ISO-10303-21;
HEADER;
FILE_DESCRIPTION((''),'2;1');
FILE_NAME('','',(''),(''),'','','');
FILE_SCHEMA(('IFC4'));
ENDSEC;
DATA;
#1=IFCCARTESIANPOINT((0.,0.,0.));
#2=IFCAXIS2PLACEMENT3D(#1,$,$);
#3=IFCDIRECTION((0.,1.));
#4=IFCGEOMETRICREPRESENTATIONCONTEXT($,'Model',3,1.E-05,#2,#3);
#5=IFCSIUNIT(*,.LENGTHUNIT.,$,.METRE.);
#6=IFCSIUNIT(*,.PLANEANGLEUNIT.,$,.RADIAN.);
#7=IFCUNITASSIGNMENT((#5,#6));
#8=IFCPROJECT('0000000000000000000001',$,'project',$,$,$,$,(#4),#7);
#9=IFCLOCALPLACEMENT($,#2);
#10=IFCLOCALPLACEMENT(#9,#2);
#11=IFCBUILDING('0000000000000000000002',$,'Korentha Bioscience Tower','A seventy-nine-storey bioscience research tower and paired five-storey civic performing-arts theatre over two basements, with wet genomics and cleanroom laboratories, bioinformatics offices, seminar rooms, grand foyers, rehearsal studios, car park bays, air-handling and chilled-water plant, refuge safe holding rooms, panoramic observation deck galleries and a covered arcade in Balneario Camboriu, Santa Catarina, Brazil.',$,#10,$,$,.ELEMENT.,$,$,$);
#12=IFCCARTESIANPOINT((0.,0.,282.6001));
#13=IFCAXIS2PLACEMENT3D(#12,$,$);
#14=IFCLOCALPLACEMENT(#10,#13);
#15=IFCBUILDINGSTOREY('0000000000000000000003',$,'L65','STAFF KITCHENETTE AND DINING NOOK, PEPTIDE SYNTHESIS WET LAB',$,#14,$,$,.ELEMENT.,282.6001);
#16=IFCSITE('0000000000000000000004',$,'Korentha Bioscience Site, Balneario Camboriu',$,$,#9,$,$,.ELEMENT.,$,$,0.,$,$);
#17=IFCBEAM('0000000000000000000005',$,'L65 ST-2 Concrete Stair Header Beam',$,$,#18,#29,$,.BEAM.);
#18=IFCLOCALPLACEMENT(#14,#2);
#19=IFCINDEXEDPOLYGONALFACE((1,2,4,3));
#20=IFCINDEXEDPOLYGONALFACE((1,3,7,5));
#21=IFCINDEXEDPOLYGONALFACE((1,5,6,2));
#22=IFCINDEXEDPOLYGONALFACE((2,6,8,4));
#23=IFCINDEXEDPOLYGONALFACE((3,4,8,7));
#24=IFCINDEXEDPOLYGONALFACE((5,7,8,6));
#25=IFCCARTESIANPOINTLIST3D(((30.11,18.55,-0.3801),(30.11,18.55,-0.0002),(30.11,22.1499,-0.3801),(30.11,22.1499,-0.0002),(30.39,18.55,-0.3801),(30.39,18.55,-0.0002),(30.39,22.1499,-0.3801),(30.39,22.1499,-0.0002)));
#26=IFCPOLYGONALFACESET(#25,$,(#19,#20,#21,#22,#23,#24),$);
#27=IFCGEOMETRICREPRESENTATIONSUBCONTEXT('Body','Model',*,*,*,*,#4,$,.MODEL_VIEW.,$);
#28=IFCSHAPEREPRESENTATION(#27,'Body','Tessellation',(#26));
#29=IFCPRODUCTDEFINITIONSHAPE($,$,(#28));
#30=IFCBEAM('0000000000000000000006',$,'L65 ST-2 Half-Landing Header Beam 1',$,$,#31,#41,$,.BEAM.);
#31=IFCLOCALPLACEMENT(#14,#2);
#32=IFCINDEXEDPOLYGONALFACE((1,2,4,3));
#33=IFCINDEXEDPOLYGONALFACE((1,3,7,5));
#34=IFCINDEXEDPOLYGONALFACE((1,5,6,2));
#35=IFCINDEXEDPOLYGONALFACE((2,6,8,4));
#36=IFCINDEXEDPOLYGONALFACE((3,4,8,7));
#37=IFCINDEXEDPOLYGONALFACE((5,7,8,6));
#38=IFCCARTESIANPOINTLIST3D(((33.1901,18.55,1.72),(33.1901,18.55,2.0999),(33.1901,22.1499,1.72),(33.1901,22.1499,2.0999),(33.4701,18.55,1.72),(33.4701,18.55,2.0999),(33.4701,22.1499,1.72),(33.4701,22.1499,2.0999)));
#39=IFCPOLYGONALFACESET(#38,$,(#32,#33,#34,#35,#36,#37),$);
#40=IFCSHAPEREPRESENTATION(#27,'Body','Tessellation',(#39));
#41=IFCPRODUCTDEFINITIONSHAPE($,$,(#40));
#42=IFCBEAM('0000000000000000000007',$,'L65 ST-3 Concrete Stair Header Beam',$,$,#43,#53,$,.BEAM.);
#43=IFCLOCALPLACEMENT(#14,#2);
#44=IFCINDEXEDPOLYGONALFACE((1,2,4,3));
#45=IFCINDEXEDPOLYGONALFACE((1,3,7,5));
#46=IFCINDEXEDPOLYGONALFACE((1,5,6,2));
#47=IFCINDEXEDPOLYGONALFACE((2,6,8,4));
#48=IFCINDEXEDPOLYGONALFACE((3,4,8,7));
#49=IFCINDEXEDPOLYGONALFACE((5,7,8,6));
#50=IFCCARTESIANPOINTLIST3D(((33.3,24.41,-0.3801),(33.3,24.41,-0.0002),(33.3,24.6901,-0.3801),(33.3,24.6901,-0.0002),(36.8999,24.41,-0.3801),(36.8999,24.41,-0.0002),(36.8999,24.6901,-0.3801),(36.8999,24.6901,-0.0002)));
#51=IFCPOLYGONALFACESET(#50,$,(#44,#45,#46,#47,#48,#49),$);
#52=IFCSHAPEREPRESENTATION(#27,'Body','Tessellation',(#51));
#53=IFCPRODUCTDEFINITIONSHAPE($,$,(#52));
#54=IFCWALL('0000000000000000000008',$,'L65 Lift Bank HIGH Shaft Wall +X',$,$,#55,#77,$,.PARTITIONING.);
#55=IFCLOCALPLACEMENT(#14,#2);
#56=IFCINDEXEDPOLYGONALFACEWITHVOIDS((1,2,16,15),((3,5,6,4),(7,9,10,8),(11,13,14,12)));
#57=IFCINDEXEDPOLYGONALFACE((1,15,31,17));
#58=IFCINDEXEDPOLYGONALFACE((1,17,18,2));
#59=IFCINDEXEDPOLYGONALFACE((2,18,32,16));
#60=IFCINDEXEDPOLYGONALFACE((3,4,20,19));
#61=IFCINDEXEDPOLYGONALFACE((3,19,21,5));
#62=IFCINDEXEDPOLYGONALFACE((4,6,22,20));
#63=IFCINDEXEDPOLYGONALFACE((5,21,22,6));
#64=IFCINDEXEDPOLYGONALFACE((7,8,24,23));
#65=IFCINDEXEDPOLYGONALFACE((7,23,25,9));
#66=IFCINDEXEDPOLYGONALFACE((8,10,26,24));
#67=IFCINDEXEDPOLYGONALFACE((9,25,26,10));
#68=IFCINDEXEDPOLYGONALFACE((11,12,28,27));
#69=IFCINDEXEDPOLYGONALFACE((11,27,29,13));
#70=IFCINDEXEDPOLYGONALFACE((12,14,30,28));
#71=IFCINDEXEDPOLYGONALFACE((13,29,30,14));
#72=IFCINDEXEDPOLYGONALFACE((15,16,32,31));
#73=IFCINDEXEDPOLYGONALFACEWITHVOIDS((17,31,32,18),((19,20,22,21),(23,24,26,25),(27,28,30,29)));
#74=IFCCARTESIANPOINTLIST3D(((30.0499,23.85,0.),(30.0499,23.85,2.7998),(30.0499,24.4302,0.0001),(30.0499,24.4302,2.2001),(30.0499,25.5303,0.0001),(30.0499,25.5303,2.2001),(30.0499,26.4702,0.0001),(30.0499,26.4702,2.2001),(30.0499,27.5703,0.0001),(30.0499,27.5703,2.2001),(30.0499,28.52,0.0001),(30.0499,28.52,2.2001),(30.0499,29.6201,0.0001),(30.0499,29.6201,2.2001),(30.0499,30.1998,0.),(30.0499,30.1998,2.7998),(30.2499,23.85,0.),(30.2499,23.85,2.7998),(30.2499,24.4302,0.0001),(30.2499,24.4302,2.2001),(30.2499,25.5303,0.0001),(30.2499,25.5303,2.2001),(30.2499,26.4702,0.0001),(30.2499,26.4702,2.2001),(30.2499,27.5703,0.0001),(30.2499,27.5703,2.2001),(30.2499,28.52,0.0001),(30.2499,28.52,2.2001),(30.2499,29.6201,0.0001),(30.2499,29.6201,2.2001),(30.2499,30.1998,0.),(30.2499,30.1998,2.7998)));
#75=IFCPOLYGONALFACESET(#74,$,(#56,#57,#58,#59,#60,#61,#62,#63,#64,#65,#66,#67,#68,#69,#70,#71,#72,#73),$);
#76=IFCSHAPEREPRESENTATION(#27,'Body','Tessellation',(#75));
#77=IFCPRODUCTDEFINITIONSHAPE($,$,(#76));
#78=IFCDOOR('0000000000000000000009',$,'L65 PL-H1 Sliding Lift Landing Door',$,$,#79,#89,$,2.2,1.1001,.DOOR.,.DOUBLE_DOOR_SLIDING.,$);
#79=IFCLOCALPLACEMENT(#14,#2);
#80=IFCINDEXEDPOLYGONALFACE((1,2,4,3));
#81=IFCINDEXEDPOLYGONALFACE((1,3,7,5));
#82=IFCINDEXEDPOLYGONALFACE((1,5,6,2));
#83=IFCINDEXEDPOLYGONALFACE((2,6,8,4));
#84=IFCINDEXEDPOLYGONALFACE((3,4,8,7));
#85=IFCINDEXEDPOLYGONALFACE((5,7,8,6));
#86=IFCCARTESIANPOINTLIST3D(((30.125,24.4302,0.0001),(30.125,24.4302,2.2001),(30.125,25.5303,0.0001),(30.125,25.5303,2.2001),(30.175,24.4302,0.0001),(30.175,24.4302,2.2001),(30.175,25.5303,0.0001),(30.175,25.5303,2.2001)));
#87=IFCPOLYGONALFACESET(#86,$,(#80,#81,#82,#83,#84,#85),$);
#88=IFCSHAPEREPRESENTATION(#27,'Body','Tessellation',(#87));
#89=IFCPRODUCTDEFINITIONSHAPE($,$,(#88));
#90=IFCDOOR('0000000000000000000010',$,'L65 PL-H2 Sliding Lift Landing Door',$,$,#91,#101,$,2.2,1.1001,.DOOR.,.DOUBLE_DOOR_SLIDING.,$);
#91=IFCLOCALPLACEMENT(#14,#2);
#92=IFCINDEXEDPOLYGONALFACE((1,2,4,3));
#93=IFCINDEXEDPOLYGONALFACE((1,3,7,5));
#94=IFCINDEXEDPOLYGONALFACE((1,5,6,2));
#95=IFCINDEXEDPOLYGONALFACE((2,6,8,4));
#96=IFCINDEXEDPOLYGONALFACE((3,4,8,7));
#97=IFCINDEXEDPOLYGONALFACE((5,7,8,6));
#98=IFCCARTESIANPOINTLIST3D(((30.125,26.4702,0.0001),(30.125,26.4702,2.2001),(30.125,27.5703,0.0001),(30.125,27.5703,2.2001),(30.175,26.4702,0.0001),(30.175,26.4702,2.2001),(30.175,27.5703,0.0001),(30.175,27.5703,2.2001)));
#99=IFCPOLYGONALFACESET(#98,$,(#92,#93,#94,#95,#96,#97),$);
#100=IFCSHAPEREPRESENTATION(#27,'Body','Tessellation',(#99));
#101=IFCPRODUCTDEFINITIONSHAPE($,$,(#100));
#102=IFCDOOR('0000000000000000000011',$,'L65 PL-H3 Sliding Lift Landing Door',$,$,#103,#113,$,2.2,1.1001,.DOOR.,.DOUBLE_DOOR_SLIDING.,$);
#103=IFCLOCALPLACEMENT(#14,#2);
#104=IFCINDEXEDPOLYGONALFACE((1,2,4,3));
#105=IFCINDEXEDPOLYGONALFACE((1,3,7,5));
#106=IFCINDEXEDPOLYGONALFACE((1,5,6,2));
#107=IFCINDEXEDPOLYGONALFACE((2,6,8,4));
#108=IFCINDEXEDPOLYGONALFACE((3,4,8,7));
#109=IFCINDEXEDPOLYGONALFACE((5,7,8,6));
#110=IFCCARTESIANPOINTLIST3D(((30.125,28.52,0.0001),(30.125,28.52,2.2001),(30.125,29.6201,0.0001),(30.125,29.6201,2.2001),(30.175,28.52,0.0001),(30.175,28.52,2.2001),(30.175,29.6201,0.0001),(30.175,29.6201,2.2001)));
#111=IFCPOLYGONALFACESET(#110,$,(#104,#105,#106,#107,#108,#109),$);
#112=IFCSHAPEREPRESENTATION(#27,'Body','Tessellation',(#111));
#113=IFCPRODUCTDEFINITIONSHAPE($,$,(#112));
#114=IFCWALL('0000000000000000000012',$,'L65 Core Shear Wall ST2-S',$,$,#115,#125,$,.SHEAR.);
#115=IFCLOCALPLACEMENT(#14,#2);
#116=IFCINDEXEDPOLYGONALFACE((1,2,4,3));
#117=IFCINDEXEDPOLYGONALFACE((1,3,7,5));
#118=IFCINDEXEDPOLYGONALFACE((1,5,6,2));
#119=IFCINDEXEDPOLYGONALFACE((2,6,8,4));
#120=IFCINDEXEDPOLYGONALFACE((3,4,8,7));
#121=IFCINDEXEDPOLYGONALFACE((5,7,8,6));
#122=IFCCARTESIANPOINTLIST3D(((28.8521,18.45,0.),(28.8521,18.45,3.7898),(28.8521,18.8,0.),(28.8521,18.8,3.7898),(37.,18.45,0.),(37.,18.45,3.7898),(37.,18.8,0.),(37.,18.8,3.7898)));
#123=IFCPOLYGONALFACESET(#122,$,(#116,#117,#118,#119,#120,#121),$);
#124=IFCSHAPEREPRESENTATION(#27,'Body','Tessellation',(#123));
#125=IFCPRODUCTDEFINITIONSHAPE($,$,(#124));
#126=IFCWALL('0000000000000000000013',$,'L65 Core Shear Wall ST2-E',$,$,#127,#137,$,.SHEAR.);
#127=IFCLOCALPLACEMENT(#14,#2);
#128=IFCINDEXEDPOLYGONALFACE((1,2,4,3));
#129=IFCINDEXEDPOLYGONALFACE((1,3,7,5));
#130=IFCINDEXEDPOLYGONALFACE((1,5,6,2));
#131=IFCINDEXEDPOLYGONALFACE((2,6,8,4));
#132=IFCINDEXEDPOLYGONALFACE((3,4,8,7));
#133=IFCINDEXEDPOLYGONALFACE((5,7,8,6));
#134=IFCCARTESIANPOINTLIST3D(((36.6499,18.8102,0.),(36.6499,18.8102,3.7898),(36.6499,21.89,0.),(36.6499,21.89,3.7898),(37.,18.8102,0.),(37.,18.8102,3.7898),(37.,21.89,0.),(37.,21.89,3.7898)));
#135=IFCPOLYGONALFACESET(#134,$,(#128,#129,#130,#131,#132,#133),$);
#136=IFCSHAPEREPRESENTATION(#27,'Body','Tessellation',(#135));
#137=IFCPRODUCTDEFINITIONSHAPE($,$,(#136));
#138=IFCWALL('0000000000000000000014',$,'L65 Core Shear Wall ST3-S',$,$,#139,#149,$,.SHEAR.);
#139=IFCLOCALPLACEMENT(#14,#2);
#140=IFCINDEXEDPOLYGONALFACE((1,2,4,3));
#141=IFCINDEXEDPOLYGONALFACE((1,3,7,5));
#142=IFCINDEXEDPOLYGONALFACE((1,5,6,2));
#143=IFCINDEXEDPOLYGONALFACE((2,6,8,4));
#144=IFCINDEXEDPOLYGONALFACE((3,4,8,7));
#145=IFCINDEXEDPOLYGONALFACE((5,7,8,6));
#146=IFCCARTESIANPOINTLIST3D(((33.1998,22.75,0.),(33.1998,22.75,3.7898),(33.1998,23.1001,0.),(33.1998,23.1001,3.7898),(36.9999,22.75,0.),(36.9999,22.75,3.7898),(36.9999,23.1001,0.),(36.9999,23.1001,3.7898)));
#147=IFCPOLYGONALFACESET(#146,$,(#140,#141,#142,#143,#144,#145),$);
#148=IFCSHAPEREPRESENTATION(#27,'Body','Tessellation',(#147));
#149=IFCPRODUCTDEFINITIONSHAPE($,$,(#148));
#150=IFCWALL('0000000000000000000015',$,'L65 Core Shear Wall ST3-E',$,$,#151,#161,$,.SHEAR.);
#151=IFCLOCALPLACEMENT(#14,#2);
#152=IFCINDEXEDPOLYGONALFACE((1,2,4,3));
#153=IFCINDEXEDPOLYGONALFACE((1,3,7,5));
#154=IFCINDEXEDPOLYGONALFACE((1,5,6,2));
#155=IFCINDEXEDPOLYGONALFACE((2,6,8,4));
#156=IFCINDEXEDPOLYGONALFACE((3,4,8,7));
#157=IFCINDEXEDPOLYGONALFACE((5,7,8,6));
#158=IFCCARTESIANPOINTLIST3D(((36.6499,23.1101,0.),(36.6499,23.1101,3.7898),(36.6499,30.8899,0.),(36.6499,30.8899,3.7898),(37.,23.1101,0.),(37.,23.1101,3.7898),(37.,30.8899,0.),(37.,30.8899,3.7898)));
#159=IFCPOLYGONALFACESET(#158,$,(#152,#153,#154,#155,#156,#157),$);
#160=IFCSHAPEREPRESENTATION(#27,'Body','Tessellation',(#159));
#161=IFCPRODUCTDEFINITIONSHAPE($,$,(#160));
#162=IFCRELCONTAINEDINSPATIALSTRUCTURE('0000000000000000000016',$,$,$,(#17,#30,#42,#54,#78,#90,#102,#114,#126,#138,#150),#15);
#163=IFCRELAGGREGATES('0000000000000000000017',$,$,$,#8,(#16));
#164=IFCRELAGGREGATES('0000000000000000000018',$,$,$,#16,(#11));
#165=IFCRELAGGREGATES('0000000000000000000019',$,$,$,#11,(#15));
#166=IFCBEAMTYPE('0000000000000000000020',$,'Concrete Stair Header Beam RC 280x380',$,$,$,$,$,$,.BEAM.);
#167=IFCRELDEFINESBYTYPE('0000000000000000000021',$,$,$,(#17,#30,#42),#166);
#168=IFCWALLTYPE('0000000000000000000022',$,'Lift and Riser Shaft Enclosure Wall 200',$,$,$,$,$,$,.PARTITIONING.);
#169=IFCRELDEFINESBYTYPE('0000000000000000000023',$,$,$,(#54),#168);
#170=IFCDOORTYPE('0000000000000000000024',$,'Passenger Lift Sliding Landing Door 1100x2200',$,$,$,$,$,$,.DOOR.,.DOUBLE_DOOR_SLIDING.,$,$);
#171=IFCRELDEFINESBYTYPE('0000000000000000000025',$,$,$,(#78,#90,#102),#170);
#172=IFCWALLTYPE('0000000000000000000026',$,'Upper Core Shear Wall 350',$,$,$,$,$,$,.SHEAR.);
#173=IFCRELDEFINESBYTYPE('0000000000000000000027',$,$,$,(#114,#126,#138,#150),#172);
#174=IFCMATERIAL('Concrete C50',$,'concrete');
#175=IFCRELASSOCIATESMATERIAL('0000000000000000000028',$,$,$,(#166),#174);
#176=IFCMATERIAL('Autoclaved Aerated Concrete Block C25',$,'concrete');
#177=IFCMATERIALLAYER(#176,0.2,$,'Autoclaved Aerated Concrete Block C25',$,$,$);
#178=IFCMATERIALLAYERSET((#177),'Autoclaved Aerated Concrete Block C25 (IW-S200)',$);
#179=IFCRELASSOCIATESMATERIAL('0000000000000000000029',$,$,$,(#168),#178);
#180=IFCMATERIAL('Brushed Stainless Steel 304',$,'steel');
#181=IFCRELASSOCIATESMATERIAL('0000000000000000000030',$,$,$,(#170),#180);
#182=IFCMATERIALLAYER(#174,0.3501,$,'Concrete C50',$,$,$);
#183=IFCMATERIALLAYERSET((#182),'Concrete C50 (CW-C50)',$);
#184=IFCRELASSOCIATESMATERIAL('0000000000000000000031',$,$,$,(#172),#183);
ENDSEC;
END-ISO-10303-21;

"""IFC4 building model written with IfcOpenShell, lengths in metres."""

from ifc_helpers import new_model, si_unit, direction, frame, frame_2d, origin, origin_2d, place, context, subcontext, project, spatial, rectangle, extrude, material, layer, layer_set, material_profile, profile_set, type_object, element, fill, save


model = new_model("IFC4")

# Units and contexts
model_context = context("Model", 3, precision=1e-05, world=origin(), true_north=direction((0.0, 1.0)))
body_context = subcontext(model_context, "Body", "Model", "MODEL_VIEW")
ifc_project = project(units=[si_unit("LENGTHUNIT", "METRE"), si_unit("PLANEANGLEUNIT", "RADIAN")], contexts=[model_context])

# Site, building, storey
site_placement = place(None, origin())
site = spatial("IfcSite", under=ifc_project, at=site_placement, Name="Korentha Bioscience Site, Balneario Camboriu", CompositionType="ELEMENT", RefElevation=0.0)
building_placement = place(site_placement, origin())
building = spatial("IfcBuilding", under=site, at=building_placement, Name="Korentha Bioscience Tower", Description="A seventy-nine-storey bioscience research tower and paired five-storey civic performing-arts theatre over two basements, with wet genomics and cleanroom laboratories, bioinformatics offices, seminar rooms, grand foyers, rehearsal studios, car park bays, air-handling and chilled-water plant, refuge safe holding rooms, panoramic observation deck galleries and a covered arcade in Balneario Camboriu, Santa Catarina, Brazil.", CompositionType="ELEMENT")
storey_placement = place(building_placement, frame((0.0, 0.0, 282.6001)))
storey = spatial("IfcBuildingStorey", under=building, at=storey_placement, Name="L65", Description="STAFF KITCHENETTE AND DINING NOOK, PEPTIDE SYNTHESIS WET LAB", CompositionType="ELEMENT", Elevation=282.6001)

# Beams
ifc_material_1 = material(Name="Concrete C50", Category="concrete")
ifc_material_profile = material_profile(ifc_material_1, rectangle(XDim=0.28, YDim=0.3799, at=origin_2d()), Name="Concrete C50")
ifc_profile_set = profile_set([ifc_material_profile], Name="Concrete C50 (ST-HB380)")
beam_type = type_object("IfcBeamType", Name="Concrete Stair Header Beam RC 280x380", PredefinedType="BEAM", material=ifc_profile_set)
for number, where, z_axis, x_axis, name in (
    (1, (30.25, 18.55, -0.1902), (0.0, 1.0, 0.0), (-1.0, 0.0, 0.0), "L65 ST-2 Concrete Stair Header Beam"),
    (2, (33.3301, 18.55, 1.9099), (0.0, 1.0, 0.0), (-1.0, 0.0, 0.0), "L65 ST-2 Half-Landing Header Beam 1"),
    (3, (36.8999, 24.55, -0.1902), (-1.0, 0.0, 0.0), (0.0, -1.0, 0.0), "L65 ST-3 Concrete Stair Header Beam"),
):
    element("IfcBeam", number, at=place(storey_placement, frame(where, z_axis=z_axis, x_axis=x_axis)), inside=storey, type_object=beam_type, Name=name, PredefinedType="BEAM", context=body_context, shape_type="SweptSolid", body=[
        extrude(rectangle(XDim=0.28, YDim=0.3799, at=origin_2d()), origin(), (0.0, 0.0, 1.0), 3.5999),
    ])

# Wall, openings, doors
ifc_material_2 = material(Name="Autoclaved Aerated Concrete Block C25", Category="concrete")
ifc_layer_1 = layer(ifc_material_2, 0.2, Name="Autoclaved Aerated Concrete Block C25")
ifc_layer_set_1 = layer_set([ifc_layer_1], Name="Autoclaved Aerated Concrete Block C25 (IW-S200)")
wall_type_1 = type_object("IfcWallType", Name="Lift and Riser Shaft Enclosure Wall 200", PredefinedType="PARTITIONING", material=ifc_layer_set_1)
wall_1_placement = place(storey_placement, frame((30.1499, 23.8501, 0.0), z_axis=(0.0, 0.0, 1.0), x_axis=(0.0, 1.0, 0.0)))
wall_1 = element("IfcWall", 4, at=wall_1_placement, inside=storey, type_object=wall_type_1, Name="L65 Lift Bank HIGH Shaft Wall +X", PredefinedType="PARTITIONING", context=body_context, shape_type="SweptSolid", body=[
    extrude(rectangle(XDim=6.3499, YDim=0.2, at=frame_2d((3.1748, 0.0))), origin(), (0.0, 0.0, 1.0), 2.7998),
])
opening_1_placement = place(wall_1_placement, frame((0.5801, 0.0, 0.0)))
opening_1 = element("IfcOpeningElement", 5, at=opening_1_placement, cuts=wall_1, PredefinedType="OPENING", context=body_context, shape_type="SweptSolid", body=[
    extrude(rectangle(XDim=1.1001, YDim=2.2, at=frame_2d((0.55, 1.1001))), frame((0.0, 0.1147, 0.0), z_axis=(0.0, -1.0, 0.0), x_axis=(1.0, 0.0, 0.0)), (0.0, 0.0, 1.0), 0.2297),
])
opening_2_placement = place(wall_1_placement, frame((2.6201, 0.0, 0.0)))
opening_2 = element("IfcOpeningElement", 6, at=opening_2_placement, cuts=wall_1, PredefinedType="OPENING", context=body_context, shape_type="SweptSolid", body=[
    extrude(rectangle(XDim=1.1001, YDim=2.2, at=frame_2d((0.55, 1.1001))), frame((0.0, 0.1147, 0.0), z_axis=(0.0, -1.0, 0.0), x_axis=(1.0, 0.0, 0.0)), (0.0, 0.0, 1.0), 0.2297),
])
opening_3_placement = place(wall_1_placement, frame((4.6699, 0.0, 0.0)))
opening_3 = element("IfcOpeningElement", 7, at=opening_3_placement, cuts=wall_1, PredefinedType="OPENING", context=body_context, shape_type="SweptSolid", body=[
    extrude(rectangle(XDim=1.1001, YDim=2.2, at=frame_2d((0.55, 1.1001))), frame((0.0, 0.1147, 0.0), z_axis=(0.0, -1.0, 0.0), x_axis=(1.0, 0.0, 0.0)), (0.0, 0.0, 1.0), 0.2297),
])
ifc_material_3 = material(Name="Brushed Stainless Steel 304", Category="steel")
door_type_1 = type_object("IfcDoorType", Name="Passenger Lift Sliding Landing Door 1100x2200", OperationType="DOUBLE_DOOR_SLIDING", PredefinedType="DOOR", material=ifc_material_3)
door_1_placement = place(opening_1_placement, origin())
door_1 = element("IfcDoor", 8, at=door_1_placement, inside=storey, type_object=door_type_1, Name="L65 PL-H1 Sliding Lift Landing Door", OperationType="DOUBLE_DOOR_SLIDING", OverallHeight=2.2, OverallWidth=1.1001, PredefinedType="DOOR", context=body_context, shape_type="SweptSolid", body=[
    extrude(rectangle(XDim=1.1001, YDim=2.2, at=frame_2d((0.55, 1.1001))), frame((0.0, 0.0249, 0.0), z_axis=(0.0, -1.0, 0.0), x_axis=(1.0, 0.0, 0.0)), (0.0, 0.0, 1.0), 0.05),
])
fill(opening_1, door_1)
door_2_placement = place(opening_2_placement, origin())
door_2 = element("IfcDoor", 9, at=door_2_placement, inside=storey, type_object=door_type_1, Name="L65 PL-H2 Sliding Lift Landing Door", OperationType="DOUBLE_DOOR_SLIDING", OverallHeight=2.2, OverallWidth=1.1001, PredefinedType="DOOR", context=body_context, shape_type="SweptSolid", body=[
    extrude(rectangle(XDim=1.1001, YDim=2.2, at=frame_2d((0.55, 1.1001))), frame((0.0, 0.0249, 0.0), z_axis=(0.0, -1.0, 0.0), x_axis=(1.0, 0.0, 0.0)), (0.0, 0.0, 1.0), 0.05),
])
fill(opening_2, door_2)
door_3_placement = place(opening_3_placement, origin())
door_3 = element("IfcDoor", 10, at=door_3_placement, inside=storey, type_object=door_type_1, Name="L65 PL-H3 Sliding Lift Landing Door", OperationType="DOUBLE_DOOR_SLIDING", OverallHeight=2.2, OverallWidth=1.1001, PredefinedType="DOOR", context=body_context, shape_type="SweptSolid", body=[
    extrude(rectangle(XDim=1.1001, YDim=2.2, at=frame_2d((0.55, 1.1001))), frame((0.0, 0.0249, 0.0), z_axis=(0.0, -1.0, 0.0), x_axis=(1.0, 0.0, 0.0)), (0.0, 0.0, 1.0), 0.05),
])
fill(opening_3, door_3)

# Walls
ifc_layer_2 = layer(ifc_material_1, 0.3501, Name="Concrete C50")
ifc_layer_set_2 = layer_set([ifc_layer_2], Name="Concrete C50 (CW-C50)")
wall_type_2 = type_object("IfcWallType", Name="Upper Core Shear Wall 350", PredefinedType="SHEAR", material=ifc_layer_set_2)
wall_2_placement = place(storey_placement, frame((28.8521, 18.625, 0.0), z_axis=(0.0, 0.0, 1.0), x_axis=(1.0, 0.0, 0.0)))
element("IfcWall", 11, at=wall_2_placement, inside=storey, type_object=wall_type_2, Name="L65 Core Shear Wall ST2-S", PredefinedType="SHEAR", context=body_context, shape_type="SweptSolid", body=[
    extrude(rectangle(XDim=8.1479, YDim=0.3501, at=frame_2d((4.074, 0.0))), origin(), (0.0, 0.0, 1.0), 3.7898),
])
wall_3_placement = place(storey_placement, frame((36.825, 18.8101, 0.0), z_axis=(0.0, 0.0, 1.0), x_axis=(0.0, 1.0, 0.0)))
element("IfcWall", 12, at=wall_3_placement, inside=storey, type_object=wall_type_2, Name="L65 Core Shear Wall ST2-E", PredefinedType="SHEAR", context=body_context, shape_type="SweptSolid", body=[
    extrude(rectangle(XDim=3.0798, YDim=0.3501, at=frame_2d((1.54, 0.0))), origin(), (0.0, 0.0, 1.0), 3.7898),
])
wall_4_placement = place(storey_placement, frame((33.2, 22.925, 0.0), z_axis=(0.0, 0.0, 1.0), x_axis=(1.0, 0.0, 0.0)))
element("IfcWall", 13, at=wall_4_placement, inside=storey, type_object=wall_type_2, Name="L65 Core Shear Wall ST3-S", PredefinedType="SHEAR", context=body_context, shape_type="SweptSolid", body=[
    extrude(rectangle(XDim=3.8, YDim=0.3501, at=frame_2d((1.8999, 0.0))), origin(), (0.0, 0.0, 1.0), 3.7898),
])
wall_5_placement = place(storey_placement, frame((36.825, 23.1101, 0.0), z_axis=(0.0, 0.0, 1.0), x_axis=(0.0, 1.0, 0.0)))
element("IfcWall", 14, at=wall_5_placement, inside=storey, type_object=wall_type_2, Name="L65 Core Shear Wall ST3-E", PredefinedType="SHEAR", context=body_context, shape_type="SweptSolid", body=[
    extrude(rectangle(XDim=7.7798, YDim=0.3501, at=frame_2d((3.8899, 0.0))), origin(), (0.0, 0.0, 1.0), 3.7898),
])

save(model, "model.ifc")
